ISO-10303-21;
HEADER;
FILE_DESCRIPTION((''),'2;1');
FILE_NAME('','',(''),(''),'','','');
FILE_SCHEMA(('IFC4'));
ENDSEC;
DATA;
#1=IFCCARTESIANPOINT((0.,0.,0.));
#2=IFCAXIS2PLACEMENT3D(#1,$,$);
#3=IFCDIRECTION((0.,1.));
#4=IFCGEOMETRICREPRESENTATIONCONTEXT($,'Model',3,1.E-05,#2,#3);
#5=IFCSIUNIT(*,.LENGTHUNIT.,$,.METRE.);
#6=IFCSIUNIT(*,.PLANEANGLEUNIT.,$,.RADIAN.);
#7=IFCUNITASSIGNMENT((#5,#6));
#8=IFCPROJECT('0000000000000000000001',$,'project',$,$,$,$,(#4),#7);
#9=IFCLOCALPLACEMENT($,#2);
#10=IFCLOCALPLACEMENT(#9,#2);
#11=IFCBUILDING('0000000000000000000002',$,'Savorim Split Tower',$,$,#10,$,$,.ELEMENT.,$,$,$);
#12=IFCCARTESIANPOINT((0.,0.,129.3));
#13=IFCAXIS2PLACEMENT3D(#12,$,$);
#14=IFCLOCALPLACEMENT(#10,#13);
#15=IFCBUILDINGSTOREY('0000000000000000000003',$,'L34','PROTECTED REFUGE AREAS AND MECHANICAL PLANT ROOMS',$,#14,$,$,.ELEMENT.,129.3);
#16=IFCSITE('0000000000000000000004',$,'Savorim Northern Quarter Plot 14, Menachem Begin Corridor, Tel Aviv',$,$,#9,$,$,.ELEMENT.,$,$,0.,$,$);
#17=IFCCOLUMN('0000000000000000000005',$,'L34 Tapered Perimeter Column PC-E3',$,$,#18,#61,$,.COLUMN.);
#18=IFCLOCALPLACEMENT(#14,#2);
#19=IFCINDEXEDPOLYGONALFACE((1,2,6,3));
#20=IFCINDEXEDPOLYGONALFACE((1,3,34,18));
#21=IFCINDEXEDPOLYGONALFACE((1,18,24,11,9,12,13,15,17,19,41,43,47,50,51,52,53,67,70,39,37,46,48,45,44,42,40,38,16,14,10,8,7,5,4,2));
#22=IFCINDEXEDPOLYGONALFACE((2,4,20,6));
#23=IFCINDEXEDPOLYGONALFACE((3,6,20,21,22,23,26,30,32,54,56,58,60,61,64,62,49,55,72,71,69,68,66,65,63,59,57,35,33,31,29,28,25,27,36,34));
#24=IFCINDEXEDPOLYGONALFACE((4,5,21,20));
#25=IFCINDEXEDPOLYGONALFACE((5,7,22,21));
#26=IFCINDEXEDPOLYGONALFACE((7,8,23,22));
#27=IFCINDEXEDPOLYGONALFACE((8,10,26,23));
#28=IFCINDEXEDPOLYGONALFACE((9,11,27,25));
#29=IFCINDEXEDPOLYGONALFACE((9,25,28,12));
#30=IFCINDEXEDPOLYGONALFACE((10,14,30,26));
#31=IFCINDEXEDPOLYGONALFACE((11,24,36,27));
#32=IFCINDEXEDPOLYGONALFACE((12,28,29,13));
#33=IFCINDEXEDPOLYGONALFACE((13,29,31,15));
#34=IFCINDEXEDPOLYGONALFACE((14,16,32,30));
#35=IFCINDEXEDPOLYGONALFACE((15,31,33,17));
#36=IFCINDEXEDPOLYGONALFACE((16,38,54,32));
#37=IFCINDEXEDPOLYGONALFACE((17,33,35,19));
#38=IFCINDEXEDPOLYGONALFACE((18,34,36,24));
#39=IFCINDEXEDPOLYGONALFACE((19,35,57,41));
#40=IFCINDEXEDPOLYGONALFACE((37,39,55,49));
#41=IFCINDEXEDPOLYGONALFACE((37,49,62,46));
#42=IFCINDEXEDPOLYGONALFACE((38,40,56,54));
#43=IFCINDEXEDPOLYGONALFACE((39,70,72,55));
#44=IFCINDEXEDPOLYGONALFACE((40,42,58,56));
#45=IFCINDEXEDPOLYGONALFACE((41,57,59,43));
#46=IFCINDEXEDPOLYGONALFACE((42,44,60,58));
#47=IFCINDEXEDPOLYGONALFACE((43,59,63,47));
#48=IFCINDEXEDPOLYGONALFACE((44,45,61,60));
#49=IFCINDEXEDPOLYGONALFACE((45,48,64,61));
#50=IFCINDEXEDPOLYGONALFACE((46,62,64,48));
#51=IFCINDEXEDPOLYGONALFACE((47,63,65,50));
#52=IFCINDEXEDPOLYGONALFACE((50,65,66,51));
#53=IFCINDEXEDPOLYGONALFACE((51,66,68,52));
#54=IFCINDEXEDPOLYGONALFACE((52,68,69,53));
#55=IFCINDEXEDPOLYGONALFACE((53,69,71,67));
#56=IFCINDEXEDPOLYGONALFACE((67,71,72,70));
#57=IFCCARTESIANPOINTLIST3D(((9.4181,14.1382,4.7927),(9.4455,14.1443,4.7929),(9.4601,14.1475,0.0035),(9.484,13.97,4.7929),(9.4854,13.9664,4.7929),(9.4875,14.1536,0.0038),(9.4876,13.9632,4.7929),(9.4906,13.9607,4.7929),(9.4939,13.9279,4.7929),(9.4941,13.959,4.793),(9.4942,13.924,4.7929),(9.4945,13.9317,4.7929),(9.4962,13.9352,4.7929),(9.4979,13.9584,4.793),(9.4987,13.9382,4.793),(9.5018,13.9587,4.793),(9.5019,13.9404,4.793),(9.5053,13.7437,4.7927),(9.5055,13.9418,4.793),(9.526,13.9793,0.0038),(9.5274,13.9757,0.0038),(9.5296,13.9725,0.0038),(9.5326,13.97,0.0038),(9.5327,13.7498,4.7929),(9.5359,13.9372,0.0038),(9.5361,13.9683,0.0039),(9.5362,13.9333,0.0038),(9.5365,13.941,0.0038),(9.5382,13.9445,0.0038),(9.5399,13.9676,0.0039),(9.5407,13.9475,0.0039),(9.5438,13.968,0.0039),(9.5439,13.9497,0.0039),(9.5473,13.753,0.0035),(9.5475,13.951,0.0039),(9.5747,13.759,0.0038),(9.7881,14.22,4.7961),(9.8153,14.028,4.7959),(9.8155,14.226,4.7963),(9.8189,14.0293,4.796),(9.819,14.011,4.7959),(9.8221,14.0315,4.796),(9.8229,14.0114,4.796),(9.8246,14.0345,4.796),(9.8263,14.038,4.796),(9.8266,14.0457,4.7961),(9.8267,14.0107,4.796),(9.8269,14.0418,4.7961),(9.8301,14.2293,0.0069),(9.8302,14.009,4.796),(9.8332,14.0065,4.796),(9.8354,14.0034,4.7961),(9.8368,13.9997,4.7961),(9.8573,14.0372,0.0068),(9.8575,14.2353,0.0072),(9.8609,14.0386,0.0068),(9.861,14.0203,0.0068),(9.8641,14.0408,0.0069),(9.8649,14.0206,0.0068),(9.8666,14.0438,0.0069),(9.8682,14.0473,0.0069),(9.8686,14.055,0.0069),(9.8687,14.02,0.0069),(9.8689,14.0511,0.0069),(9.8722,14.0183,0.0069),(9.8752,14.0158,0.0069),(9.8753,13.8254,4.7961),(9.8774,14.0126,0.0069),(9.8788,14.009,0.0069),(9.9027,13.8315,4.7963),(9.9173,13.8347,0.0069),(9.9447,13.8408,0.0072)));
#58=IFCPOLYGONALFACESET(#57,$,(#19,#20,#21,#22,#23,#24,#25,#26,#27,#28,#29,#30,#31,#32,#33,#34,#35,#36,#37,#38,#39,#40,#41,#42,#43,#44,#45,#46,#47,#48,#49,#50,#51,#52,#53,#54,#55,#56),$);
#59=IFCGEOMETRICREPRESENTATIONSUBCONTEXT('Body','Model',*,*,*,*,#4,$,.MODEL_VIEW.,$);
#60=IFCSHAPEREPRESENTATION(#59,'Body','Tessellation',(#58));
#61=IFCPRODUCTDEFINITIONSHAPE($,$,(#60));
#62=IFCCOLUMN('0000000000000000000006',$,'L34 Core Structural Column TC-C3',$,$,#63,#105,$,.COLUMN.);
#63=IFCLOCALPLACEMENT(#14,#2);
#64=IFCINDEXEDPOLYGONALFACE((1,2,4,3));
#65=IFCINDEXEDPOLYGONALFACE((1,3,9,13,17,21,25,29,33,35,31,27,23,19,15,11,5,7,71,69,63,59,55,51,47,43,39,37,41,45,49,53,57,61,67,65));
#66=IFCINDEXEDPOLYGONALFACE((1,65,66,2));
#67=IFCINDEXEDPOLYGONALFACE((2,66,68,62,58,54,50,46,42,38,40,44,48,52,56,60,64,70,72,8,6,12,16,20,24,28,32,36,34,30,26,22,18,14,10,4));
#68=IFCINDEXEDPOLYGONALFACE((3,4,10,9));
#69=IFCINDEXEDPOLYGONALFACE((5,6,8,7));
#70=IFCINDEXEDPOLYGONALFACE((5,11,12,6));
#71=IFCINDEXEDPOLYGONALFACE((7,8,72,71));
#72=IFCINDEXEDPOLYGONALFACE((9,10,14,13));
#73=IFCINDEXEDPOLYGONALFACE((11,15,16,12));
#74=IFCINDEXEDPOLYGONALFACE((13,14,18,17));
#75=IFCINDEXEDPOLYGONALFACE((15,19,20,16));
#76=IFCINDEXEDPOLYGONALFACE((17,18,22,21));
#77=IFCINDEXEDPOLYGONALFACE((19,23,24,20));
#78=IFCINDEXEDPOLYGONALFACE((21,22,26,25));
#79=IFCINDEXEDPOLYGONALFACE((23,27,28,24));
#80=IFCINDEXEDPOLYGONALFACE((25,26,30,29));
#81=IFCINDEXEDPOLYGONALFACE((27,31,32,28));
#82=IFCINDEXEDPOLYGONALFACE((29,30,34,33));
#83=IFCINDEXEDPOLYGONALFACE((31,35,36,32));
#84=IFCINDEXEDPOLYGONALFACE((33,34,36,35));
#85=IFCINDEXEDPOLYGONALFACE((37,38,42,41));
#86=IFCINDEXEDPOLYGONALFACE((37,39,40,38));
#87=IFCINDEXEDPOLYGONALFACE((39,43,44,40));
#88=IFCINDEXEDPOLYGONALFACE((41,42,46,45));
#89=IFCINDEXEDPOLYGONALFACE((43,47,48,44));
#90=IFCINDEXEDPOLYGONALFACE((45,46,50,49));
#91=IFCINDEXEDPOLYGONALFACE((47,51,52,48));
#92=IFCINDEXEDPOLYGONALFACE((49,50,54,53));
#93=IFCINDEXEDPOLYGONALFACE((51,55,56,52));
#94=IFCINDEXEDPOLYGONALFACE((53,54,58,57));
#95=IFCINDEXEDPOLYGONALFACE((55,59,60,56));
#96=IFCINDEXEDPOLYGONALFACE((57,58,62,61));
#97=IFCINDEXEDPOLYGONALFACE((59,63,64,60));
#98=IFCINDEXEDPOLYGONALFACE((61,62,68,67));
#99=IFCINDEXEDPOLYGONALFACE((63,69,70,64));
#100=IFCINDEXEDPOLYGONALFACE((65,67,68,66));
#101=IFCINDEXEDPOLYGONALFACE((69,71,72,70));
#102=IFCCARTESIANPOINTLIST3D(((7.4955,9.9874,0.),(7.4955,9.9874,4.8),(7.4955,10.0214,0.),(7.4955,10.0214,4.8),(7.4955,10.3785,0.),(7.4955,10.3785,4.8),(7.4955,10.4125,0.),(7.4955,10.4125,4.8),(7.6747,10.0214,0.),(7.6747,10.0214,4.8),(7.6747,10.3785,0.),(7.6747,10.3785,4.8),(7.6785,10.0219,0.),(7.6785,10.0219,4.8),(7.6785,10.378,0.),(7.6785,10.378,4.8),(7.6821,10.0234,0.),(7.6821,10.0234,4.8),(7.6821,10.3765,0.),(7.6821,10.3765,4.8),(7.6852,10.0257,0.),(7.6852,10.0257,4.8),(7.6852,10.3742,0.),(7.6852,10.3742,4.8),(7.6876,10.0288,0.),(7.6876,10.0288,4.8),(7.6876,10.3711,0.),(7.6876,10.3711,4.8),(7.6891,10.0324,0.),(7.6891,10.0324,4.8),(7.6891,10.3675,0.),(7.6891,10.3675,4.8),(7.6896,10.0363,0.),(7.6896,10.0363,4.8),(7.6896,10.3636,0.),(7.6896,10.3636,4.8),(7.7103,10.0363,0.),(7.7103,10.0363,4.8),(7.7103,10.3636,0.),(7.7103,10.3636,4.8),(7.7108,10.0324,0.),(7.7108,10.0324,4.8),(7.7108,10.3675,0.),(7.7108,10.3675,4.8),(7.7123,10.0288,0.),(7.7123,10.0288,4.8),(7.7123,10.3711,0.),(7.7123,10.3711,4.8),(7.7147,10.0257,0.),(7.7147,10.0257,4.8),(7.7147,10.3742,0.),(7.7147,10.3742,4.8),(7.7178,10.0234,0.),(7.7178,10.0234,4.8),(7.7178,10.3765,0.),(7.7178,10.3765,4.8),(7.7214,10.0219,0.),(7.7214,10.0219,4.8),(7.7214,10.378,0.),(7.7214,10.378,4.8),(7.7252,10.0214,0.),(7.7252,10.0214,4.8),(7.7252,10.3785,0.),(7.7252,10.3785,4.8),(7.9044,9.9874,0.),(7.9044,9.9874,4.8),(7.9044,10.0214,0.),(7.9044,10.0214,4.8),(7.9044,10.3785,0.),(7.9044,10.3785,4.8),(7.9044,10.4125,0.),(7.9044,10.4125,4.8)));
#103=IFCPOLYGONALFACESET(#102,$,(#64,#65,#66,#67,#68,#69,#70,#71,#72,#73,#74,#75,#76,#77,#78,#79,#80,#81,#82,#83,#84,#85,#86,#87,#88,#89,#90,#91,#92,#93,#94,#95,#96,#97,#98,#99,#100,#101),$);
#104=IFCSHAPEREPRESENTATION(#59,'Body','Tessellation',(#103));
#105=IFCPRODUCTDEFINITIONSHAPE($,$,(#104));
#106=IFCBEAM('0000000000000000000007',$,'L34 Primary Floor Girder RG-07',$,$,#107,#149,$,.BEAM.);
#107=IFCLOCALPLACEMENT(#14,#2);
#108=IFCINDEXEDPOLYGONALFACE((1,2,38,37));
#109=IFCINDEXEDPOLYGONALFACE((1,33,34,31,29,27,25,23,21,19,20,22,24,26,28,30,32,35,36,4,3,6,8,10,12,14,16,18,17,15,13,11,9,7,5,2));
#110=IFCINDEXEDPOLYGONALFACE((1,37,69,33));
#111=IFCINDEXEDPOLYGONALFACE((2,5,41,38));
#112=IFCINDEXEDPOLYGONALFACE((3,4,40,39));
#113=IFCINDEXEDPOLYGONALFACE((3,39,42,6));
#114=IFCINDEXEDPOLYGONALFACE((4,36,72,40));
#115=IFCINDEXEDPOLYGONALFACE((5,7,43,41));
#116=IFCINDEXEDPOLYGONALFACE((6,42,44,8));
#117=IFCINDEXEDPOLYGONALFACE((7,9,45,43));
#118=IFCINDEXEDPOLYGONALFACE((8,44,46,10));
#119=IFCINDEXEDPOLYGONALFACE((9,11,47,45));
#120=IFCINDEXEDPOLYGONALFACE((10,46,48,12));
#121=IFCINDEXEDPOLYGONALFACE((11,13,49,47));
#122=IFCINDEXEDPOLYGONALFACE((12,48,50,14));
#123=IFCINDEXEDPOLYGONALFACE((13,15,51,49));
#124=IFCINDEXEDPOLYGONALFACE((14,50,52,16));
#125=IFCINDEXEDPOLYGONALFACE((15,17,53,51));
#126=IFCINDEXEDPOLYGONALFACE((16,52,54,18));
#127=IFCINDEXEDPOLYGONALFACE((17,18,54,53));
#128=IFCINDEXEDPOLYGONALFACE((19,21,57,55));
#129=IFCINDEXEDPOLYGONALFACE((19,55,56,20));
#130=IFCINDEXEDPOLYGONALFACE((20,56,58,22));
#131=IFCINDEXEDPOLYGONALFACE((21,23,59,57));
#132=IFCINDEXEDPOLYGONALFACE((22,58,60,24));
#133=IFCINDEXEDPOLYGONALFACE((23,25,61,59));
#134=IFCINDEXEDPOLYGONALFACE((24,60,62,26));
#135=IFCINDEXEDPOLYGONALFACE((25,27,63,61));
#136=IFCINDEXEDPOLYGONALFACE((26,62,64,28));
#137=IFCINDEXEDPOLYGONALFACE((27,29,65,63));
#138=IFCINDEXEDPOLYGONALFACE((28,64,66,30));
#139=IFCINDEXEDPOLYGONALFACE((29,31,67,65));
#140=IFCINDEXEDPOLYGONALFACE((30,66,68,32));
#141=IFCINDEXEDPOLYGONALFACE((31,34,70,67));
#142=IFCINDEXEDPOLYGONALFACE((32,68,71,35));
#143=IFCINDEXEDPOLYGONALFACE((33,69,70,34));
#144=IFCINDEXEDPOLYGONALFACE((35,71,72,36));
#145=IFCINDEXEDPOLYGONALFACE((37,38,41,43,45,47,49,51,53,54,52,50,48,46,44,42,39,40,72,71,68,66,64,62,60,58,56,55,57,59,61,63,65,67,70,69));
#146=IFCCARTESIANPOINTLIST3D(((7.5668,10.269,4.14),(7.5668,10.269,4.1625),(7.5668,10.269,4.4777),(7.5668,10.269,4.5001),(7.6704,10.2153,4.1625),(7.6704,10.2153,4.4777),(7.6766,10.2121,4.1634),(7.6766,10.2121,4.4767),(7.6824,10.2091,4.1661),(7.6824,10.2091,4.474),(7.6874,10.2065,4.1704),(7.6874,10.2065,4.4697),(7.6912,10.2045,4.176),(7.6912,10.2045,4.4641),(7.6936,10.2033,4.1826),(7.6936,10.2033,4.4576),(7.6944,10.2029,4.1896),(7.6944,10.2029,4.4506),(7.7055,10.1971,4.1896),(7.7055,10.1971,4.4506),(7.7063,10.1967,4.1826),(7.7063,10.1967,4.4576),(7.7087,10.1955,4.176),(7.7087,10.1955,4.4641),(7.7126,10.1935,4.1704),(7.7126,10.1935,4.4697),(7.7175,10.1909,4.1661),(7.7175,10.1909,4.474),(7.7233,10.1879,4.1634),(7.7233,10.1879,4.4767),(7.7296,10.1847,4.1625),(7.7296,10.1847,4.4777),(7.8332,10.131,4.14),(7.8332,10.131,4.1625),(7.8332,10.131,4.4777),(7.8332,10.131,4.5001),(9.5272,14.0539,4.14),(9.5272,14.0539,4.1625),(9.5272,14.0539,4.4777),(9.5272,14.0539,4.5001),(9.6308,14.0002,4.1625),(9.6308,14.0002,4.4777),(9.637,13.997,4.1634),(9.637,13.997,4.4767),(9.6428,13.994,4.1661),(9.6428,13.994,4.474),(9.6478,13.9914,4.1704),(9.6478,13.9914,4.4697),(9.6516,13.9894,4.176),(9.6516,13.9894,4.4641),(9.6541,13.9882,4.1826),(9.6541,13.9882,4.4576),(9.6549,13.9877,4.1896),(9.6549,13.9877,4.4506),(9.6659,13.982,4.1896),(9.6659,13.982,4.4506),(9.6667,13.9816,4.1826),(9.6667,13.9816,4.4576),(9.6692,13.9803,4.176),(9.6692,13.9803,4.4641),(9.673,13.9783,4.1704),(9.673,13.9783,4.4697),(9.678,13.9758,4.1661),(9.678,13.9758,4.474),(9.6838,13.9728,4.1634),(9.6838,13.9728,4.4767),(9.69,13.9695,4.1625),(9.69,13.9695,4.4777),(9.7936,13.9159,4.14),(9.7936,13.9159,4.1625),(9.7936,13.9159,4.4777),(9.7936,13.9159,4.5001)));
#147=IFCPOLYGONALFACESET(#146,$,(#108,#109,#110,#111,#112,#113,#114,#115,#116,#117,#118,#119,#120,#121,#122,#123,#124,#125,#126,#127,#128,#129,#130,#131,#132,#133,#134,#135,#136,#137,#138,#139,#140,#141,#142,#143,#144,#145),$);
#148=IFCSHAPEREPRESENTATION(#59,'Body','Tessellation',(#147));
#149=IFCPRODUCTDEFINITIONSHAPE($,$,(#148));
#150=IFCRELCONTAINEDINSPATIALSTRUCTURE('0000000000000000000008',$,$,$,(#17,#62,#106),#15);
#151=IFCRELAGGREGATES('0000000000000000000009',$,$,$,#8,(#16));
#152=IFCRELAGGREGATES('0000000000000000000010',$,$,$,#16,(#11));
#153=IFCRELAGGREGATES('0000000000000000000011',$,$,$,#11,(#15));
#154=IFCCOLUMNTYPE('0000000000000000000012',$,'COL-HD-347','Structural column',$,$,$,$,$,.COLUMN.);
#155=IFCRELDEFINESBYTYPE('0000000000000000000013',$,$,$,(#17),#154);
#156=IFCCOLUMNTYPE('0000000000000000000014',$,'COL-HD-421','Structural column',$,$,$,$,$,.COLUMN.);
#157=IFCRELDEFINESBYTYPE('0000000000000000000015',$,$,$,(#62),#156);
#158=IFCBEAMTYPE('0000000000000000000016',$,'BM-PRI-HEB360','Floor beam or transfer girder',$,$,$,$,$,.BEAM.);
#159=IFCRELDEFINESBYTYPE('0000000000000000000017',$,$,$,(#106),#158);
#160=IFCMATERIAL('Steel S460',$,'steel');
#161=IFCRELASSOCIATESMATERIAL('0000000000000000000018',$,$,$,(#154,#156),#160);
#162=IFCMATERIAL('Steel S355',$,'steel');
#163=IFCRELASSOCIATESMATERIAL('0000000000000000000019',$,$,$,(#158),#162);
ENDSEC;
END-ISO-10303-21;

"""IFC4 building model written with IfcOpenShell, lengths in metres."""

from ifc_helpers import new_model, si_unit, direction, frame, origin, origin_2d, place, context, subcontext, project, spatial, i_section, extrude, material, material_profile, profile_set, type_object, element, save


model = new_model("IFC4")

# Units and contexts
model_context = context("Model", 3, precision=1e-05, world=origin(), true_north=direction((0.0, 1.0)))
body_context = subcontext(model_context, "Body", "Model", "MODEL_VIEW")
ifc_project = project(units=[si_unit("LENGTHUNIT", "METRE"), si_unit("PLANEANGLEUNIT", "RADIAN")], contexts=[model_context])

# Site, building, storey
site_placement = place(None, origin())
site = spatial("IfcSite", under=ifc_project, at=site_placement, Name="Savorim Northern Quarter Plot 14, Menachem Begin Corridor, Tel Aviv", CompositionType="ELEMENT", RefElevation=0.0)
building_placement = place(site_placement, origin())
building = spatial("IfcBuilding", under=site, at=building_placement, Name="Savorim Split Tower", CompositionType="ELEMENT")
storey_placement = place(building_placement, frame((0.0, 0.0, 129.3)))
storey = spatial("IfcBuildingStorey", under=building, at=storey_placement, Name="L34", Description="PROTECTED REFUGE AREAS AND MECHANICAL PLANT ROOMS", CompositionType="ELEMENT", Elevation=129.3)

# Columns
ifc_material_1 = material(Name="Steel S460", Category="steel")
ifc_material_profile_1 = material_profile(ifc_material_1, i_section(OverallWidth=0.4041, OverallDepth=0.407, WebThickness=0.0173, FlangeThickness=0.0281, FilletRadius=0.0149, at=origin_2d()), Name="HD 400x347")
ifc_profile_set_1 = profile_set([ifc_material_profile_1], Name="Steel S460")
column_type_1 = type_object("IfcColumnType", Name="COL-HD-347", Description="Structural column", PredefinedType="COLUMN", material=ifc_profile_set_1)
column_1_placement = place(storey_placement, frame((9.7024, 13.9941, 0.0054), z_axis=(-0.008768, -0.001937, 0.99996), x_axis=(0.215728, -0.976453, 0.0)))
element("IfcColumn", 1, at=column_1_placement, inside=storey, type_object=column_type_1, Name="L34 Tapered Perimeter Column PC-E3", PredefinedType="COLUMN", context=body_context, shape_type="SweptSolid", body=[
    extrude(i_section(OverallWidth=0.4041, OverallDepth=0.407, WebThickness=0.0173, FlangeThickness=0.0281, FilletRadius=0.0149, at=origin_2d()), origin(), (0.0, 0.0, 1.0), 4.7893),
])
ifc_material_profile_2 = material_profile(ifc_material_1, i_section(OverallWidth=0.4089, OverallDepth=0.425, WebThickness=0.0208, FlangeThickness=0.0339, FilletRadius=0.0149, at=origin_2d()), Name="HD 400x421")
ifc_profile_set_2 = profile_set([ifc_material_profile_2], Name="Steel S460")
column_type_2 = type_object("IfcColumnType", Name="COL-HD-421", Description="Structural column", PredefinedType="COLUMN", material=ifc_profile_set_2)
column_2_placement = place(storey_placement, frame((7.7, 10.2, 0.0), z_axis=(0.0, 0.0, 1.0), x_axis=(1.0, 0.0, 0.0)))
element("IfcColumn", 2, at=column_2_placement, inside=storey, type_object=column_type_2, Name="L34 Core Structural Column TC-C3", PredefinedType="COLUMN", context=body_context, shape_type="SweptSolid", body=[
    extrude(i_section(OverallWidth=0.4089, OverallDepth=0.425, WebThickness=0.0208, FlangeThickness=0.0339, FilletRadius=0.0149, at=origin_2d()), origin(), (0.0, 0.0, 1.0), 4.8),
])

# Beam
ifc_material_2 = material(Name="Steel S355", Category="steel")
ifc_material_profile_3 = material_profile(ifc_material_2, i_section(OverallWidth=0.3, OverallDepth=0.3601, WebThickness=0.0125, FlangeThickness=0.0225, FilletRadius=0.0271, at=origin_2d()), Name="HEB 360")
ifc_profile_set_3 = profile_set([ifc_material_profile_3], Name="Steel S355")
beam_type_1 = type_object("IfcBeamType", Name="BM-PRI-HEB360", Description="Floor beam or transfer girder", PredefinedType="BEAM", material=ifc_profile_set_3)
beam_1_placement = place(storey_placement, frame((9.6604, 13.9849, 4.3201), z_axis=(-0.459929, -0.887956, 0.0), x_axis=(0.887956, -0.459929, 0.0)))
element("IfcBeam", 3, at=beam_1_placement, inside=storey, type_object=beam_type_1, Name="L34 Primary Floor Girder RG-07", PredefinedType="BEAM", context=body_context, shape_type="SweptSolid", body=[
    extrude(i_section(OverallWidth=0.3, OverallDepth=0.3601, WebThickness=0.0125, FlangeThickness=0.0225, FilletRadius=0.0271, at=origin_2d()), origin(), (0.0, 0.0, 1.0), 4.2625),
])

save(model, "model.ifc")
